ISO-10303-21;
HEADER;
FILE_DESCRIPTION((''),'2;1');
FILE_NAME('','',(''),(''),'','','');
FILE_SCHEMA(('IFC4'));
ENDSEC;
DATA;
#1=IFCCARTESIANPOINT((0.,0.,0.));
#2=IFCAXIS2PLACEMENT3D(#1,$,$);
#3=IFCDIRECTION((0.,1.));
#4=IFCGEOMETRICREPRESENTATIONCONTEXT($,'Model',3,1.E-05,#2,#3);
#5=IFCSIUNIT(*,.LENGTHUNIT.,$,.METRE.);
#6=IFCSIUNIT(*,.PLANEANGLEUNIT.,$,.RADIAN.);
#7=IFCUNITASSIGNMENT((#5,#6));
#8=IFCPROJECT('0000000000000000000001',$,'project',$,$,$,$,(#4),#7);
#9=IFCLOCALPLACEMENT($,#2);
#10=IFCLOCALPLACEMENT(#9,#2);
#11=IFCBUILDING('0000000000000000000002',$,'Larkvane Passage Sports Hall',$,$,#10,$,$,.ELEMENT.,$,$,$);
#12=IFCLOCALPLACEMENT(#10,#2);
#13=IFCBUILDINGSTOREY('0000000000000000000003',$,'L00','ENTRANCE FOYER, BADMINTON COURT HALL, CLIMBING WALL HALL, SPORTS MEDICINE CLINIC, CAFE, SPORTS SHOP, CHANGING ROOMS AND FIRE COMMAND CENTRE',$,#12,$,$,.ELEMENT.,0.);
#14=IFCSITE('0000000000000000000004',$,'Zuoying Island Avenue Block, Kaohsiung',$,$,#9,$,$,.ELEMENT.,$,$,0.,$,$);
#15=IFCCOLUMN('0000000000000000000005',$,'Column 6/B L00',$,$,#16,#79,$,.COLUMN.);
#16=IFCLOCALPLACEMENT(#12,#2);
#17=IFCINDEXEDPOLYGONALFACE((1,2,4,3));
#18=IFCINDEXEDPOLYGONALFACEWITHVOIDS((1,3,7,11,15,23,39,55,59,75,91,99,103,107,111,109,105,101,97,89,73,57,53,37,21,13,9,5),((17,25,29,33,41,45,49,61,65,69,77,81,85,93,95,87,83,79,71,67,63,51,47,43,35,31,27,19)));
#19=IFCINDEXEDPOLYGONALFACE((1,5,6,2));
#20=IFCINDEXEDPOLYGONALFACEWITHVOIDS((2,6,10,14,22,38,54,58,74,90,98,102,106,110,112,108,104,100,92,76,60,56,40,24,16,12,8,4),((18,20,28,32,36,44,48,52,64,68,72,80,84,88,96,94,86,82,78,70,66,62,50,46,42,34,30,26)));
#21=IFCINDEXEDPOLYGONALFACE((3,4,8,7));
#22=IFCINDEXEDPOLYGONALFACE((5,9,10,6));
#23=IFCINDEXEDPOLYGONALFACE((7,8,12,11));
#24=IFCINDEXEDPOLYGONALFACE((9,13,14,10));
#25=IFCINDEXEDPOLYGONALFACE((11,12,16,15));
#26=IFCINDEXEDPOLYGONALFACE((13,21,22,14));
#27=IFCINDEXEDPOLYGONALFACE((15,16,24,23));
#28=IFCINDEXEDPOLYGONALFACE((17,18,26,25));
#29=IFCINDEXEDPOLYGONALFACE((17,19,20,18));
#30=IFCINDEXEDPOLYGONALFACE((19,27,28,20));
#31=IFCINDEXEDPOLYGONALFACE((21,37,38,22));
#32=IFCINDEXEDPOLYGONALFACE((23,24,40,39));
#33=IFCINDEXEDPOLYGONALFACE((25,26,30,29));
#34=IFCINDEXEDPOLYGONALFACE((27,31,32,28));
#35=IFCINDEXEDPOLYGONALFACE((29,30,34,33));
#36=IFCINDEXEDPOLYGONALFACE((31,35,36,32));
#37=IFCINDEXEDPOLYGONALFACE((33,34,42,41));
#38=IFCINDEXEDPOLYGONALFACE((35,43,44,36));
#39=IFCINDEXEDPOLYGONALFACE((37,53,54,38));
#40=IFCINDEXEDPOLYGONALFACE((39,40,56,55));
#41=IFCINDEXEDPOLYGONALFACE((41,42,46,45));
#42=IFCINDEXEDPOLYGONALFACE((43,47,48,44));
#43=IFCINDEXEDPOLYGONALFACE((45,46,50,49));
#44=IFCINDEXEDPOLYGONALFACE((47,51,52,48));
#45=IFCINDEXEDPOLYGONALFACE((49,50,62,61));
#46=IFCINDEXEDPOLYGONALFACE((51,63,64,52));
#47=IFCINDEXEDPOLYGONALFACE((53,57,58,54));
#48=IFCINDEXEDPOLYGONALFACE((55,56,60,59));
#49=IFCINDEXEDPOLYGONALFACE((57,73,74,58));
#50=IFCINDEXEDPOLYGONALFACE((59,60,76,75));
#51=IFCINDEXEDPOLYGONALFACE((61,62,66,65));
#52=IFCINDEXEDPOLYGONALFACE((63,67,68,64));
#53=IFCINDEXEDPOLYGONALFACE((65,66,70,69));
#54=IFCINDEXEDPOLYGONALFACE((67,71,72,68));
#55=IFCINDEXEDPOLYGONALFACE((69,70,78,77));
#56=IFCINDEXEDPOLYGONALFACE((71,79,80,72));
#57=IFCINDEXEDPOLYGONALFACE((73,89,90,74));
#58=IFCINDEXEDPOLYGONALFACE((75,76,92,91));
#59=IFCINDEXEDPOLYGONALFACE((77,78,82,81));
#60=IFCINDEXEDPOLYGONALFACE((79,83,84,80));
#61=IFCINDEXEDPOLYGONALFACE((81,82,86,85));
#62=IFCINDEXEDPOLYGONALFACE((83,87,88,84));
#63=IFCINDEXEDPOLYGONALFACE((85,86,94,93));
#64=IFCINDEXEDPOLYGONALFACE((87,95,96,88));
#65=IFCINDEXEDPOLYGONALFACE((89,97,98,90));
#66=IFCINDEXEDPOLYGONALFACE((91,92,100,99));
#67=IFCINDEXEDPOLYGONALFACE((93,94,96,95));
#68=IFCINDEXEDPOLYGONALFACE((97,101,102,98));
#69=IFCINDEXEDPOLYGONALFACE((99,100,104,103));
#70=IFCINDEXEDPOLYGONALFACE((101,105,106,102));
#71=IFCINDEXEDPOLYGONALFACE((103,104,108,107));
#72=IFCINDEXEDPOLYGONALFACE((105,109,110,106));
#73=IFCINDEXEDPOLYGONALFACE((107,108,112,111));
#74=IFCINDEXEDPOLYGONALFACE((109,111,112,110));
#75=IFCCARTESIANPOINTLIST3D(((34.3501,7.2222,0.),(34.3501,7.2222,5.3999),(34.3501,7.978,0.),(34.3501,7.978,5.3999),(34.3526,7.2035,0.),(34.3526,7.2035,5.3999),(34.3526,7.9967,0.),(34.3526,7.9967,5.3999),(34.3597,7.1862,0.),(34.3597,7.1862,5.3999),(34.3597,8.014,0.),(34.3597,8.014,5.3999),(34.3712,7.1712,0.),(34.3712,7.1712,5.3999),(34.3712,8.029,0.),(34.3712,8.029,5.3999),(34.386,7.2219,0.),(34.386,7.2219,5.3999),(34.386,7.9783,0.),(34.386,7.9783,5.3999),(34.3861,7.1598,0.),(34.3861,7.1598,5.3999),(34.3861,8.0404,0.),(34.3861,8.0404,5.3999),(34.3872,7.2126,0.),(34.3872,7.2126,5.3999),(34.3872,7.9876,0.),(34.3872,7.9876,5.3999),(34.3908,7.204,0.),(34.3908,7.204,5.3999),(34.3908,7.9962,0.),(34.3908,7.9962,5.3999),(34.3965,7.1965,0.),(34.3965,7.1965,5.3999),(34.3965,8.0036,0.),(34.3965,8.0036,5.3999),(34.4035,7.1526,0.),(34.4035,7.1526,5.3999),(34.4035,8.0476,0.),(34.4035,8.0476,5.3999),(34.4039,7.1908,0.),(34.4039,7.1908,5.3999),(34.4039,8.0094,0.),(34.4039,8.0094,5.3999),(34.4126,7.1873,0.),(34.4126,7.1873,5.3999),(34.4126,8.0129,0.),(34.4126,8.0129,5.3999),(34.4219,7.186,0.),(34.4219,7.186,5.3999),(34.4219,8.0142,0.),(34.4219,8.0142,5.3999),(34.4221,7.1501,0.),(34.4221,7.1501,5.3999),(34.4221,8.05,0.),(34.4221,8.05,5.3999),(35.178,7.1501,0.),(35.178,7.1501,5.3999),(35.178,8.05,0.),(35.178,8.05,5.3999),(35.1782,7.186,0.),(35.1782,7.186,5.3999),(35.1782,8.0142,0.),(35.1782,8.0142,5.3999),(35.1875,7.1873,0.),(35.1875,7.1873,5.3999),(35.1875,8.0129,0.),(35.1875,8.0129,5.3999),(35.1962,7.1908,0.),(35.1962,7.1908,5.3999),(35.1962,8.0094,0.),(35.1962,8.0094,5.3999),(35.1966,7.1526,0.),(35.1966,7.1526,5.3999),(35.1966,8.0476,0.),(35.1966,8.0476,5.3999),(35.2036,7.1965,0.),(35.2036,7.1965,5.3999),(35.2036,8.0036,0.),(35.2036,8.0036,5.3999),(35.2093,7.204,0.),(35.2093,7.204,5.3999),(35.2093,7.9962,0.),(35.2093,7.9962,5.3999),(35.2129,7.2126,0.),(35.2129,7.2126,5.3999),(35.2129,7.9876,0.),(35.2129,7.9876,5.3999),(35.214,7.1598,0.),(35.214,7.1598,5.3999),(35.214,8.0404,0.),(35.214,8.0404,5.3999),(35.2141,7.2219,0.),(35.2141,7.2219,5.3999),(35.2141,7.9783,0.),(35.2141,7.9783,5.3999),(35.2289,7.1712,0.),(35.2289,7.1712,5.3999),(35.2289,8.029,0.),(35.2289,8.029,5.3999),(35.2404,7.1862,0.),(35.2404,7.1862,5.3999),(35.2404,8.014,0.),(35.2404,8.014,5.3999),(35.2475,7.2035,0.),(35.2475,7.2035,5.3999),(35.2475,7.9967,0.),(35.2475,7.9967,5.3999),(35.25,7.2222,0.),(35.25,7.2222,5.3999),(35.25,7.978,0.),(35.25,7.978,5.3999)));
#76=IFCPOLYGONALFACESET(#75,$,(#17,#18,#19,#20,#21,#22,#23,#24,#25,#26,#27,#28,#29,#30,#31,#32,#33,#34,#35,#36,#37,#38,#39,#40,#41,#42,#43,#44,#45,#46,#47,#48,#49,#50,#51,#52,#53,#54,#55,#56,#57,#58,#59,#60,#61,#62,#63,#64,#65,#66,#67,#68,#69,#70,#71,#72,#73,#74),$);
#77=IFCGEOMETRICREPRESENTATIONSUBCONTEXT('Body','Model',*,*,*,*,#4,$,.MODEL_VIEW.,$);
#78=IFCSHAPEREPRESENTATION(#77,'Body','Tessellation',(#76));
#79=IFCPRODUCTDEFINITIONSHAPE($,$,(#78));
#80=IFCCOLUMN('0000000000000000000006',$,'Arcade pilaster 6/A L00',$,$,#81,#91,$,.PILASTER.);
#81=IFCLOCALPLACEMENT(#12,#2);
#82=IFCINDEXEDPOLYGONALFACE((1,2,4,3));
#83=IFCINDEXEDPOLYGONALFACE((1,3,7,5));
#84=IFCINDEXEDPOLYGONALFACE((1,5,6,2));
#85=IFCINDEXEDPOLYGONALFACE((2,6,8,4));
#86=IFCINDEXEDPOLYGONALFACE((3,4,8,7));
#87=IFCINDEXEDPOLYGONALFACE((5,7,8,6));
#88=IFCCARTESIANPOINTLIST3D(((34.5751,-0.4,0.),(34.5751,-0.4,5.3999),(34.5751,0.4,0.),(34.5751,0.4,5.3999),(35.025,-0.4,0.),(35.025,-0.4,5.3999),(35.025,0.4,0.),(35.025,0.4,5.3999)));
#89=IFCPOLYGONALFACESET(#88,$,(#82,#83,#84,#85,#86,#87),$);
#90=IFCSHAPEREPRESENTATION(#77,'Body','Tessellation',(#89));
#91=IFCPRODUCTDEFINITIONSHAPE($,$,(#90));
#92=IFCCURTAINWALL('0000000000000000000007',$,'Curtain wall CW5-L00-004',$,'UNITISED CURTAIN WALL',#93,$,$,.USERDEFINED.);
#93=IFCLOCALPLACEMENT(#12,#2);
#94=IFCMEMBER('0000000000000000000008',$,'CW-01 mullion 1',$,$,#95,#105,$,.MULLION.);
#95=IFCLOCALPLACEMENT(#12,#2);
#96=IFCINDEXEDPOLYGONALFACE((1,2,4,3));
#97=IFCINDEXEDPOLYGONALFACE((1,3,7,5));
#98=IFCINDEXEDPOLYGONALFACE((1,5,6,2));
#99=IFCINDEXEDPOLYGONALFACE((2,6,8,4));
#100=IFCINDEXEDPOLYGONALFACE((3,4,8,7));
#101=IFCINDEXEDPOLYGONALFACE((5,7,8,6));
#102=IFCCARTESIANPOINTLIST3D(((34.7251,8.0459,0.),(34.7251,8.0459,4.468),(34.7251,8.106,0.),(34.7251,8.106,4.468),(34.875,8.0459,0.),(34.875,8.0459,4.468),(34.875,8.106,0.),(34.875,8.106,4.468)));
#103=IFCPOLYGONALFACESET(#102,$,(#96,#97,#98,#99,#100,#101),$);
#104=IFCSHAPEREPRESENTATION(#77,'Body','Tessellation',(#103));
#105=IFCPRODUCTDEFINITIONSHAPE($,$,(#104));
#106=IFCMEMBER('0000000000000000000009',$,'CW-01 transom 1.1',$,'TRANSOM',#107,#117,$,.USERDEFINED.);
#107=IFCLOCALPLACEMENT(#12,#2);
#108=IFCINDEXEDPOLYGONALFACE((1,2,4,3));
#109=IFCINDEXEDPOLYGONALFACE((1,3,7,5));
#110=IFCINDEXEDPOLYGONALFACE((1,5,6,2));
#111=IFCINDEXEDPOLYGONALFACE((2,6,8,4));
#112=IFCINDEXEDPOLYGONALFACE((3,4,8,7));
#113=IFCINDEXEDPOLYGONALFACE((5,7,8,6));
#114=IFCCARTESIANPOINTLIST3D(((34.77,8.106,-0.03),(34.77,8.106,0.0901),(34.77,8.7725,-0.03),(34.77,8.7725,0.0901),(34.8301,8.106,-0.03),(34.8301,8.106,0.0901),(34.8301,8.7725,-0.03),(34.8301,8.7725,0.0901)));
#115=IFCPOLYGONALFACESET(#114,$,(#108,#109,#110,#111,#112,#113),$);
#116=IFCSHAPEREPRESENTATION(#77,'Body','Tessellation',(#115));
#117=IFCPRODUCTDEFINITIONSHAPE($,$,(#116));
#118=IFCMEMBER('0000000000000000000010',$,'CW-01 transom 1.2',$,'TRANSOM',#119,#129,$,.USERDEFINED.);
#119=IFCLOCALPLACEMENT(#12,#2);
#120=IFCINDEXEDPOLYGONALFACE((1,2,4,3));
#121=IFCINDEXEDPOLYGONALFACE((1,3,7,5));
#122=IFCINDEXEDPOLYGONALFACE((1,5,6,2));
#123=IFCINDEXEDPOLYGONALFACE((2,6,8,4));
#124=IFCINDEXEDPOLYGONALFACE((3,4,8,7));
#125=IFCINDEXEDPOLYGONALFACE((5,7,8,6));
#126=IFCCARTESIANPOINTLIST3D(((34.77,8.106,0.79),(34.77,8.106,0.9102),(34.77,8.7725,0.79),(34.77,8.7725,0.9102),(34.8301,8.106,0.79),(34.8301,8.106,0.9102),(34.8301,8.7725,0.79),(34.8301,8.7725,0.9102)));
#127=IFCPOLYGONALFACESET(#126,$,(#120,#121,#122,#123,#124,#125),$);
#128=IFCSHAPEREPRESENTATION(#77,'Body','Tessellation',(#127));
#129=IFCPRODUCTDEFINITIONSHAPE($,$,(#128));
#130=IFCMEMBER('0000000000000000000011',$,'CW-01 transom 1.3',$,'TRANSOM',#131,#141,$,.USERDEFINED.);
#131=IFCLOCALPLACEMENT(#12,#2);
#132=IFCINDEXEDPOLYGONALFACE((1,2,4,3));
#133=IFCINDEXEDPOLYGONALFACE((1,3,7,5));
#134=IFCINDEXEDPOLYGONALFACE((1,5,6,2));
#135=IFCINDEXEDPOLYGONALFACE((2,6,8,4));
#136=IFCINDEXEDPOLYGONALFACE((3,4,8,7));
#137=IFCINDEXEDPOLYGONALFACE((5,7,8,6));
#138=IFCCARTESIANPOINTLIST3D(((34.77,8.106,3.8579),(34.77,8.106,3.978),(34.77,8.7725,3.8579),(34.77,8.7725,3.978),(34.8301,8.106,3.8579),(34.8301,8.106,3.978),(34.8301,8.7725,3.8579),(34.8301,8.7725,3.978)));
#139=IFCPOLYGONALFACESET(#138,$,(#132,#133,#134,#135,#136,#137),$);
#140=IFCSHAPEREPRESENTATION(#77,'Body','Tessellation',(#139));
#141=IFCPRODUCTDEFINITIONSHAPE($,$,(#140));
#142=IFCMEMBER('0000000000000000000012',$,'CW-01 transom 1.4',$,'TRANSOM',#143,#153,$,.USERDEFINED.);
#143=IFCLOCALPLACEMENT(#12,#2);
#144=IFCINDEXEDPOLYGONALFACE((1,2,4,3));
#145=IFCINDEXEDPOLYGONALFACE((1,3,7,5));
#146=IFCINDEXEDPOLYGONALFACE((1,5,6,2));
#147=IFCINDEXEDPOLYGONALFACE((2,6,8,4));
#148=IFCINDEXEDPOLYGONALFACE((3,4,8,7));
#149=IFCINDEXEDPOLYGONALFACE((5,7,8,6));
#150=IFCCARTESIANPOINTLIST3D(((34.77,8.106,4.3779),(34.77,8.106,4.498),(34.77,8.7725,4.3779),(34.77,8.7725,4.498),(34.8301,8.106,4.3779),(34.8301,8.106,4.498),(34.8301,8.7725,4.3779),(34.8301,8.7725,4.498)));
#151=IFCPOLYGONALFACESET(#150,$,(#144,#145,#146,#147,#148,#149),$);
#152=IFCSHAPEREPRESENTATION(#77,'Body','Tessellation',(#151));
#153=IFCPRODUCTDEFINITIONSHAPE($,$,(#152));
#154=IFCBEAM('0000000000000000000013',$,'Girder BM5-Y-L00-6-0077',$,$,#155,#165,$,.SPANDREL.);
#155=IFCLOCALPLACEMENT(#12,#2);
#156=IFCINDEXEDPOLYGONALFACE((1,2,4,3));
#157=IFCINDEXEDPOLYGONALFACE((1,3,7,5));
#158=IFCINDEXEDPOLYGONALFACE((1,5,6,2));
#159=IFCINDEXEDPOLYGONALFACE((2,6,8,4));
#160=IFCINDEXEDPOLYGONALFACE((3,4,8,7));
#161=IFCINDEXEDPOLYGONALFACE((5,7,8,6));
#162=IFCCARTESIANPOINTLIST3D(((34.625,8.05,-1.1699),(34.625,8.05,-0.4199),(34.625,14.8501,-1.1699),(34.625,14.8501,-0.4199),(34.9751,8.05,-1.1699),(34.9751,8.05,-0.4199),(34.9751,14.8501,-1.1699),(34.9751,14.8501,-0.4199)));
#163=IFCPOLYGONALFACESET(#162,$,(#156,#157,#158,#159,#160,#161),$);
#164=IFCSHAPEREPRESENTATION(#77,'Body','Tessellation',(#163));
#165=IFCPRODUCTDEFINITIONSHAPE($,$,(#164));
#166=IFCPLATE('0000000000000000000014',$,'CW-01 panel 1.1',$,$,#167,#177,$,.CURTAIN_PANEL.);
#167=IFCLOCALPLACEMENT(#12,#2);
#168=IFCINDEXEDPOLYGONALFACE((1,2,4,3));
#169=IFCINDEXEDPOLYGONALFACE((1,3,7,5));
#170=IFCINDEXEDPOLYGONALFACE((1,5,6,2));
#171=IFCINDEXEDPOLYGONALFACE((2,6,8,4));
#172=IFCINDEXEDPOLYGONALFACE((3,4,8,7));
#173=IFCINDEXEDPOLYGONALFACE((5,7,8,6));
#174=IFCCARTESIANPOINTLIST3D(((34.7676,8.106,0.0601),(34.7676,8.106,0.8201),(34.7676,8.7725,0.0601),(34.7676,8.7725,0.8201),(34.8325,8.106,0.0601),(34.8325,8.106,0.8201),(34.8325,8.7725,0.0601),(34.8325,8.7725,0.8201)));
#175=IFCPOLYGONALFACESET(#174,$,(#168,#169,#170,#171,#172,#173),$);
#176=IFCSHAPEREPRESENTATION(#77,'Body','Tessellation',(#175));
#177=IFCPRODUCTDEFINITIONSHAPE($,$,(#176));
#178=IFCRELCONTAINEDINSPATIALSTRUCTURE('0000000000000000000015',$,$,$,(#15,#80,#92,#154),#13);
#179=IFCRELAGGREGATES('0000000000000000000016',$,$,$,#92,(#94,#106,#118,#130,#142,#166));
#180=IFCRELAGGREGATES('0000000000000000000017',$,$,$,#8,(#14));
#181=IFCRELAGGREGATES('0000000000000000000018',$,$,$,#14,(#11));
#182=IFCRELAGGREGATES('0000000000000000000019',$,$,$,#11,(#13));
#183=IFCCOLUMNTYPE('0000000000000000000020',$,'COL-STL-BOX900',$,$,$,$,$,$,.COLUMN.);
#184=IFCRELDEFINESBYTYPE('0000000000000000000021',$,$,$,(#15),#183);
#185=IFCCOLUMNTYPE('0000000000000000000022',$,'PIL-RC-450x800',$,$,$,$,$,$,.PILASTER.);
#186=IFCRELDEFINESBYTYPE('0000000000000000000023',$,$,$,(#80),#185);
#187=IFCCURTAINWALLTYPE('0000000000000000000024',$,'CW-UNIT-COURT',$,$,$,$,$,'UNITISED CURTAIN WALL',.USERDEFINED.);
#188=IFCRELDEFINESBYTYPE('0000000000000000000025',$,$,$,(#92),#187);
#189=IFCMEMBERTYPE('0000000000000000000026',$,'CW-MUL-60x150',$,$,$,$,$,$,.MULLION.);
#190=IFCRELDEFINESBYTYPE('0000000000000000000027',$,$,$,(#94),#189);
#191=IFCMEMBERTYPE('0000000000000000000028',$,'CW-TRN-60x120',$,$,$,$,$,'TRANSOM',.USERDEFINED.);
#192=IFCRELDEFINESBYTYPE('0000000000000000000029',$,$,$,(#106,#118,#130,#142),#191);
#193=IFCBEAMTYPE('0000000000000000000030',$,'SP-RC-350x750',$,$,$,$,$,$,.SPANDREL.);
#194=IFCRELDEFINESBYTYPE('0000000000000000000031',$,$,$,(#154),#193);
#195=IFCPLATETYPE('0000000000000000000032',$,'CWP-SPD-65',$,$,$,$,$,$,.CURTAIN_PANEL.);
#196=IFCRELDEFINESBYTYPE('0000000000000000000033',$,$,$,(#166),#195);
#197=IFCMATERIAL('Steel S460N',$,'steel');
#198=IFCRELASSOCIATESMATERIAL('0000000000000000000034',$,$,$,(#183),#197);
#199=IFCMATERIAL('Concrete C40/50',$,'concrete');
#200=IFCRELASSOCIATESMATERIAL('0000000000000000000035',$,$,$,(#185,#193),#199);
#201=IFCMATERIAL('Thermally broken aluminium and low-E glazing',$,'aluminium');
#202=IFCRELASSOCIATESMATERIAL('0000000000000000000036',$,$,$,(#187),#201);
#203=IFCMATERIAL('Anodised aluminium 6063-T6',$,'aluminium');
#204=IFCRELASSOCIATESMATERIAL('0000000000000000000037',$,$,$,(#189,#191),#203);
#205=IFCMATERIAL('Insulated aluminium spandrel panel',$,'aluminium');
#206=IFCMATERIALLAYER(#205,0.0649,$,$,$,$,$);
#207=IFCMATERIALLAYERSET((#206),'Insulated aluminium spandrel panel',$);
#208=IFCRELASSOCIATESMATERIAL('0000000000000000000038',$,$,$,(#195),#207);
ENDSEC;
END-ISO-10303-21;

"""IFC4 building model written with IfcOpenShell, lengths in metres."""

from ifc_helpers import new_model, si_unit, direction, frame, origin, origin_2d, place, context, subcontext, project, spatial, rectangle, hollow_rectangle, extrude, material, layer, layer_set, material_profile, profile_set, type_object, element, aggregate, save


model = new_model("IFC4")

# Units and contexts
model_context = context("Model", 3, precision=1e-05, world=origin(), true_north=direction((0.0, 1.0)))
body_context = subcontext(model_context, "Body", "Model", "MODEL_VIEW")
ifc_project = project(units=[si_unit("LENGTHUNIT", "METRE"), si_unit("PLANEANGLEUNIT", "RADIAN")], contexts=[model_context])

# Site, building, storey
site_placement = place(None, origin())
site = spatial("IfcSite", under=ifc_project, at=site_placement, Name="Zuoying Island Avenue Block, Kaohsiung", CompositionType="ELEMENT", RefElevation=0.0)
building_placement = place(site_placement, origin())
building = spatial("IfcBuilding", under=site, at=building_placement, Name="Larkvane Passage Sports Hall", CompositionType="ELEMENT")
storey_placement = place(building_placement, origin())
storey = spatial("IfcBuildingStorey", under=building, at=storey_placement, Name="L00", Description="ENTRANCE FOYER, BADMINTON COURT HALL, CLIMBING WALL HALL, SPORTS MEDICINE CLINIC, CAFE, SPORTS SHOP, CHANGING ROOMS AND FIRE COMMAND CENTRE", CompositionType="ELEMENT", Elevation=0.0)

# Columns
ifc_material_1 = material(Name="Steel S460N", Category="steel")
ifc_material_profile_1 = material_profile(ifc_material_1, hollow_rectangle(XDim=0.8999, YDim=0.8999, WallThickness=0.0359, InnerFilletRadius=0.0359, OuterFilletRadius=0.072, at=origin_2d()), Name="BOX-900x900x36")
ifc_profile_set_1 = profile_set([ifc_material_profile_1], Name="Steel S460N")
column_type_1 = type_object("IfcColumnType", Name="COL-STL-BOX900", PredefinedType="COLUMN", material=ifc_profile_set_1)
column_1_placement = place(storey_placement, frame((34.8, 7.6001, 0.0), z_axis=(0.0, 0.0, 1.0), x_axis=(1.0, 0.0, 0.0)))
element("IfcColumn", 1, at=column_1_placement, inside=storey, type_object=column_type_1, Name="Column 6/B L00", PredefinedType="COLUMN", context=body_context, shape_type="SweptSolid", body=[
    extrude(hollow_rectangle(XDim=0.8999, YDim=0.8999, WallThickness=0.0359, InnerFilletRadius=0.0359, OuterFilletRadius=0.072, at=origin_2d()), origin(), (0.0, 0.0, 1.0), 5.3999),
])
ifc_material_2 = material(Name="Concrete C40/50", Category="concrete")
ifc_material_profile_2 = material_profile(ifc_material_2, rectangle(XDim=0.45, YDim=0.8, at=origin_2d()), Name="RC-PIL-450x800")
ifc_profile_set_2 = profile_set([ifc_material_profile_2], Name="Concrete C40/50")
column_type_2 = type_object("IfcColumnType", Name="PIL-RC-450x800", PredefinedType="PILASTER", material=ifc_profile_set_2)
column_2_placement = place(storey_placement, frame((34.8, 0.0, 0.0), z_axis=(0.0, 0.0, 1.0), x_axis=(1.0, 0.0, 0.0)))
element("IfcColumn", 2, at=column_2_placement, inside=storey, type_object=column_type_2, Name="Arcade pilaster 6/A L00", PredefinedType="PILASTER", context=body_context, shape_type="SweptSolid", body=[
    extrude(rectangle(XDim=0.45, YDim=0.8, at=origin_2d()), origin(), (0.0, 0.0, 1.0), 5.3999),
])

# Curtain wall, members
ifc_material_3 = material(Name="Thermally broken aluminium and low-E glazing", Category="aluminium")
curtain_wall_type = type_object("IfcCurtainWallType", Name="CW-UNIT-COURT", ElementType="UNITISED CURTAIN WALL", PredefinedType="USERDEFINED", material=ifc_material_3)
curtain_wall_placement = place(storey_placement, origin())
curtain_wall = element("IfcCurtainWall", 3, at=curtain_wall_placement, inside=storey, type_object=curtain_wall_type, Name="Curtain wall CW5-L00-004", ObjectType="UNITISED CURTAIN WALL", PredefinedType="USERDEFINED")
ifc_material_4 = material(Name="Anodised aluminium 6063-T6", Category="aluminium")
ifc_material_profile_3 = material_profile(ifc_material_4, rectangle(XDim=0.0601, YDim=0.1499, at=origin_2d()), Name="ALU-MUL-60x150")
ifc_profile_set_3 = profile_set([ifc_material_profile_3], Name="Anodised aluminium 6063-T6")
member_type_1 = type_object("IfcMemberType", Name="CW-MUL-60x150", PredefinedType="MULLION", material=ifc_profile_set_3)
member_1_placement = place(storey_placement, frame((34.8, 8.0759, 0.0), z_axis=(0.0, 0.0, 1.0), x_axis=(0.0, 1.0, 0.0)))
member_1 = element("IfcMember", 4, at=member_1_placement, type_object=member_type_1, Name="CW-01 mullion 1", PredefinedType="MULLION", context=body_context, shape_type="SweptSolid", body=[
    extrude(rectangle(XDim=0.0601, YDim=0.1499, at=origin_2d()), origin(), (0.0, 0.0, 1.0), 4.468),
])
ifc_material_profile_4 = material_profile(ifc_material_4, rectangle(XDim=0.0601, YDim=0.1201, at=origin_2d()), Name="ALU-TRN-60x120")
ifc_profile_set_4 = profile_set([ifc_material_profile_4], Name="Anodised aluminium 6063-T6")
member_type_2 = type_object("IfcMemberType", Name="CW-TRN-60x120", ElementType="TRANSOM", PredefinedType="USERDEFINED", material=ifc_profile_set_4)
member_2_placement = place(storey_placement, frame((34.8, 8.106, 0.03), z_axis=(0.0, 1.0, 0.0), x_axis=(-1.0, 0.0, 0.0)))
member_2 = element("IfcMember", 5, at=member_2_placement, type_object=member_type_2, Name="CW-01 transom 1.1", ObjectType="TRANSOM", PredefinedType="USERDEFINED", context=body_context, shape_type="SweptSolid", body=[
    extrude(rectangle(XDim=0.0601, YDim=0.1201, at=origin_2d()), origin(), (0.0, 0.0, 1.0), 0.6665),
])
member_3_placement = place(storey_placement, frame((34.8, 8.106, 0.8501), z_axis=(0.0, 1.0, 0.0), x_axis=(-1.0, 0.0, 0.0)))
member_3 = element("IfcMember", 6, at=member_3_placement, type_object=member_type_2, Name="CW-01 transom 1.2", ObjectType="TRANSOM", PredefinedType="USERDEFINED", context=body_context, shape_type="SweptSolid", body=[
    extrude(rectangle(XDim=0.0601, YDim=0.1201, at=origin_2d()), origin(), (0.0, 0.0, 1.0), 0.6665),
])
member_4_placement = place(storey_placement, frame((34.8, 8.106, 3.918), z_axis=(0.0, 1.0, 0.0), x_axis=(-1.0, 0.0, 0.0)))
member_4 = element("IfcMember", 7, at=member_4_placement, type_object=member_type_2, Name="CW-01 transom 1.3", ObjectType="TRANSOM", PredefinedType="USERDEFINED", context=body_context, shape_type="SweptSolid", body=[
    extrude(rectangle(XDim=0.0601, YDim=0.1201, at=origin_2d()), origin(), (0.0, 0.0, 1.0), 0.6665),
])
member_5_placement = place(storey_placement, frame((34.8, 8.106, 4.438), z_axis=(0.0, 1.0, 0.0), x_axis=(-1.0, 0.0, 0.0)))
member_5 = element("IfcMember", 8, at=member_5_placement, type_object=member_type_2, Name="CW-01 transom 1.4", ObjectType="TRANSOM", PredefinedType="USERDEFINED", context=body_context, shape_type="SweptSolid", body=[
    extrude(rectangle(XDim=0.0601, YDim=0.1201, at=origin_2d()), origin(), (0.0, 0.0, 1.0), 0.6665),
])

# Beam
ifc_material_profile_5 = material_profile(ifc_material_2, rectangle(XDim=0.3501, YDim=0.75, at=origin_2d()), Name="RC-SP-350x750")
ifc_profile_set_5 = profile_set([ifc_material_profile_5], Name="Concrete C40/50")
beam_type = type_object("IfcBeamType", Name="SP-RC-350x750", PredefinedType="SPANDREL", material=ifc_profile_set_5)
beam_placement = place(storey_placement, frame((34.8, 8.05, -0.7949), z_axis=(0.0, 1.0, 0.0), x_axis=(-1.0, 0.0, 0.0)))
element("IfcBeam", 9, at=beam_placement, inside=storey, type_object=beam_type, Name="Girder BM5-Y-L00-6-0077", PredefinedType="SPANDREL", context=body_context, shape_type="SweptSolid", body=[
    extrude(rectangle(XDim=0.3501, YDim=0.75, at=origin_2d()), origin(), (0.0, 0.0, 1.0), 6.8),
])

# Plate
ifc_material_5 = material(Name="Insulated aluminium spandrel panel", Category="aluminium")
ifc_layer_1 = layer(ifc_material_5, 0.0649)
ifc_layer_set_1 = layer_set([ifc_layer_1], Name="Insulated aluminium spandrel panel")
plate_type_1 = type_object("IfcPlateType", Name="CWP-SPD-65", PredefinedType="CURTAIN_PANEL", material=ifc_layer_set_1)
plate_1_placement = place(storey_placement, frame((34.8, 8.4392, 0.0601), z_axis=(0.0, 0.0, 1.0), x_axis=(0.0, 1.0, 0.0)))
plate_1 = element("IfcPlate", 10, at=plate_1_placement, type_object=plate_type_1, Name="CW-01 panel 1.1", PredefinedType="CURTAIN_PANEL", context=body_context, shape_type="SweptSolid", body=[
    extrude(rectangle(XDim=0.6665, YDim=0.0649, at=origin_2d()), origin(), (0.0, 0.0, 1.0), 0.76),
])
aggregate(curtain_wall, [member_1, member_2, member_3, member_4, member_5, plate_1])

save(model, "model.ifc")
